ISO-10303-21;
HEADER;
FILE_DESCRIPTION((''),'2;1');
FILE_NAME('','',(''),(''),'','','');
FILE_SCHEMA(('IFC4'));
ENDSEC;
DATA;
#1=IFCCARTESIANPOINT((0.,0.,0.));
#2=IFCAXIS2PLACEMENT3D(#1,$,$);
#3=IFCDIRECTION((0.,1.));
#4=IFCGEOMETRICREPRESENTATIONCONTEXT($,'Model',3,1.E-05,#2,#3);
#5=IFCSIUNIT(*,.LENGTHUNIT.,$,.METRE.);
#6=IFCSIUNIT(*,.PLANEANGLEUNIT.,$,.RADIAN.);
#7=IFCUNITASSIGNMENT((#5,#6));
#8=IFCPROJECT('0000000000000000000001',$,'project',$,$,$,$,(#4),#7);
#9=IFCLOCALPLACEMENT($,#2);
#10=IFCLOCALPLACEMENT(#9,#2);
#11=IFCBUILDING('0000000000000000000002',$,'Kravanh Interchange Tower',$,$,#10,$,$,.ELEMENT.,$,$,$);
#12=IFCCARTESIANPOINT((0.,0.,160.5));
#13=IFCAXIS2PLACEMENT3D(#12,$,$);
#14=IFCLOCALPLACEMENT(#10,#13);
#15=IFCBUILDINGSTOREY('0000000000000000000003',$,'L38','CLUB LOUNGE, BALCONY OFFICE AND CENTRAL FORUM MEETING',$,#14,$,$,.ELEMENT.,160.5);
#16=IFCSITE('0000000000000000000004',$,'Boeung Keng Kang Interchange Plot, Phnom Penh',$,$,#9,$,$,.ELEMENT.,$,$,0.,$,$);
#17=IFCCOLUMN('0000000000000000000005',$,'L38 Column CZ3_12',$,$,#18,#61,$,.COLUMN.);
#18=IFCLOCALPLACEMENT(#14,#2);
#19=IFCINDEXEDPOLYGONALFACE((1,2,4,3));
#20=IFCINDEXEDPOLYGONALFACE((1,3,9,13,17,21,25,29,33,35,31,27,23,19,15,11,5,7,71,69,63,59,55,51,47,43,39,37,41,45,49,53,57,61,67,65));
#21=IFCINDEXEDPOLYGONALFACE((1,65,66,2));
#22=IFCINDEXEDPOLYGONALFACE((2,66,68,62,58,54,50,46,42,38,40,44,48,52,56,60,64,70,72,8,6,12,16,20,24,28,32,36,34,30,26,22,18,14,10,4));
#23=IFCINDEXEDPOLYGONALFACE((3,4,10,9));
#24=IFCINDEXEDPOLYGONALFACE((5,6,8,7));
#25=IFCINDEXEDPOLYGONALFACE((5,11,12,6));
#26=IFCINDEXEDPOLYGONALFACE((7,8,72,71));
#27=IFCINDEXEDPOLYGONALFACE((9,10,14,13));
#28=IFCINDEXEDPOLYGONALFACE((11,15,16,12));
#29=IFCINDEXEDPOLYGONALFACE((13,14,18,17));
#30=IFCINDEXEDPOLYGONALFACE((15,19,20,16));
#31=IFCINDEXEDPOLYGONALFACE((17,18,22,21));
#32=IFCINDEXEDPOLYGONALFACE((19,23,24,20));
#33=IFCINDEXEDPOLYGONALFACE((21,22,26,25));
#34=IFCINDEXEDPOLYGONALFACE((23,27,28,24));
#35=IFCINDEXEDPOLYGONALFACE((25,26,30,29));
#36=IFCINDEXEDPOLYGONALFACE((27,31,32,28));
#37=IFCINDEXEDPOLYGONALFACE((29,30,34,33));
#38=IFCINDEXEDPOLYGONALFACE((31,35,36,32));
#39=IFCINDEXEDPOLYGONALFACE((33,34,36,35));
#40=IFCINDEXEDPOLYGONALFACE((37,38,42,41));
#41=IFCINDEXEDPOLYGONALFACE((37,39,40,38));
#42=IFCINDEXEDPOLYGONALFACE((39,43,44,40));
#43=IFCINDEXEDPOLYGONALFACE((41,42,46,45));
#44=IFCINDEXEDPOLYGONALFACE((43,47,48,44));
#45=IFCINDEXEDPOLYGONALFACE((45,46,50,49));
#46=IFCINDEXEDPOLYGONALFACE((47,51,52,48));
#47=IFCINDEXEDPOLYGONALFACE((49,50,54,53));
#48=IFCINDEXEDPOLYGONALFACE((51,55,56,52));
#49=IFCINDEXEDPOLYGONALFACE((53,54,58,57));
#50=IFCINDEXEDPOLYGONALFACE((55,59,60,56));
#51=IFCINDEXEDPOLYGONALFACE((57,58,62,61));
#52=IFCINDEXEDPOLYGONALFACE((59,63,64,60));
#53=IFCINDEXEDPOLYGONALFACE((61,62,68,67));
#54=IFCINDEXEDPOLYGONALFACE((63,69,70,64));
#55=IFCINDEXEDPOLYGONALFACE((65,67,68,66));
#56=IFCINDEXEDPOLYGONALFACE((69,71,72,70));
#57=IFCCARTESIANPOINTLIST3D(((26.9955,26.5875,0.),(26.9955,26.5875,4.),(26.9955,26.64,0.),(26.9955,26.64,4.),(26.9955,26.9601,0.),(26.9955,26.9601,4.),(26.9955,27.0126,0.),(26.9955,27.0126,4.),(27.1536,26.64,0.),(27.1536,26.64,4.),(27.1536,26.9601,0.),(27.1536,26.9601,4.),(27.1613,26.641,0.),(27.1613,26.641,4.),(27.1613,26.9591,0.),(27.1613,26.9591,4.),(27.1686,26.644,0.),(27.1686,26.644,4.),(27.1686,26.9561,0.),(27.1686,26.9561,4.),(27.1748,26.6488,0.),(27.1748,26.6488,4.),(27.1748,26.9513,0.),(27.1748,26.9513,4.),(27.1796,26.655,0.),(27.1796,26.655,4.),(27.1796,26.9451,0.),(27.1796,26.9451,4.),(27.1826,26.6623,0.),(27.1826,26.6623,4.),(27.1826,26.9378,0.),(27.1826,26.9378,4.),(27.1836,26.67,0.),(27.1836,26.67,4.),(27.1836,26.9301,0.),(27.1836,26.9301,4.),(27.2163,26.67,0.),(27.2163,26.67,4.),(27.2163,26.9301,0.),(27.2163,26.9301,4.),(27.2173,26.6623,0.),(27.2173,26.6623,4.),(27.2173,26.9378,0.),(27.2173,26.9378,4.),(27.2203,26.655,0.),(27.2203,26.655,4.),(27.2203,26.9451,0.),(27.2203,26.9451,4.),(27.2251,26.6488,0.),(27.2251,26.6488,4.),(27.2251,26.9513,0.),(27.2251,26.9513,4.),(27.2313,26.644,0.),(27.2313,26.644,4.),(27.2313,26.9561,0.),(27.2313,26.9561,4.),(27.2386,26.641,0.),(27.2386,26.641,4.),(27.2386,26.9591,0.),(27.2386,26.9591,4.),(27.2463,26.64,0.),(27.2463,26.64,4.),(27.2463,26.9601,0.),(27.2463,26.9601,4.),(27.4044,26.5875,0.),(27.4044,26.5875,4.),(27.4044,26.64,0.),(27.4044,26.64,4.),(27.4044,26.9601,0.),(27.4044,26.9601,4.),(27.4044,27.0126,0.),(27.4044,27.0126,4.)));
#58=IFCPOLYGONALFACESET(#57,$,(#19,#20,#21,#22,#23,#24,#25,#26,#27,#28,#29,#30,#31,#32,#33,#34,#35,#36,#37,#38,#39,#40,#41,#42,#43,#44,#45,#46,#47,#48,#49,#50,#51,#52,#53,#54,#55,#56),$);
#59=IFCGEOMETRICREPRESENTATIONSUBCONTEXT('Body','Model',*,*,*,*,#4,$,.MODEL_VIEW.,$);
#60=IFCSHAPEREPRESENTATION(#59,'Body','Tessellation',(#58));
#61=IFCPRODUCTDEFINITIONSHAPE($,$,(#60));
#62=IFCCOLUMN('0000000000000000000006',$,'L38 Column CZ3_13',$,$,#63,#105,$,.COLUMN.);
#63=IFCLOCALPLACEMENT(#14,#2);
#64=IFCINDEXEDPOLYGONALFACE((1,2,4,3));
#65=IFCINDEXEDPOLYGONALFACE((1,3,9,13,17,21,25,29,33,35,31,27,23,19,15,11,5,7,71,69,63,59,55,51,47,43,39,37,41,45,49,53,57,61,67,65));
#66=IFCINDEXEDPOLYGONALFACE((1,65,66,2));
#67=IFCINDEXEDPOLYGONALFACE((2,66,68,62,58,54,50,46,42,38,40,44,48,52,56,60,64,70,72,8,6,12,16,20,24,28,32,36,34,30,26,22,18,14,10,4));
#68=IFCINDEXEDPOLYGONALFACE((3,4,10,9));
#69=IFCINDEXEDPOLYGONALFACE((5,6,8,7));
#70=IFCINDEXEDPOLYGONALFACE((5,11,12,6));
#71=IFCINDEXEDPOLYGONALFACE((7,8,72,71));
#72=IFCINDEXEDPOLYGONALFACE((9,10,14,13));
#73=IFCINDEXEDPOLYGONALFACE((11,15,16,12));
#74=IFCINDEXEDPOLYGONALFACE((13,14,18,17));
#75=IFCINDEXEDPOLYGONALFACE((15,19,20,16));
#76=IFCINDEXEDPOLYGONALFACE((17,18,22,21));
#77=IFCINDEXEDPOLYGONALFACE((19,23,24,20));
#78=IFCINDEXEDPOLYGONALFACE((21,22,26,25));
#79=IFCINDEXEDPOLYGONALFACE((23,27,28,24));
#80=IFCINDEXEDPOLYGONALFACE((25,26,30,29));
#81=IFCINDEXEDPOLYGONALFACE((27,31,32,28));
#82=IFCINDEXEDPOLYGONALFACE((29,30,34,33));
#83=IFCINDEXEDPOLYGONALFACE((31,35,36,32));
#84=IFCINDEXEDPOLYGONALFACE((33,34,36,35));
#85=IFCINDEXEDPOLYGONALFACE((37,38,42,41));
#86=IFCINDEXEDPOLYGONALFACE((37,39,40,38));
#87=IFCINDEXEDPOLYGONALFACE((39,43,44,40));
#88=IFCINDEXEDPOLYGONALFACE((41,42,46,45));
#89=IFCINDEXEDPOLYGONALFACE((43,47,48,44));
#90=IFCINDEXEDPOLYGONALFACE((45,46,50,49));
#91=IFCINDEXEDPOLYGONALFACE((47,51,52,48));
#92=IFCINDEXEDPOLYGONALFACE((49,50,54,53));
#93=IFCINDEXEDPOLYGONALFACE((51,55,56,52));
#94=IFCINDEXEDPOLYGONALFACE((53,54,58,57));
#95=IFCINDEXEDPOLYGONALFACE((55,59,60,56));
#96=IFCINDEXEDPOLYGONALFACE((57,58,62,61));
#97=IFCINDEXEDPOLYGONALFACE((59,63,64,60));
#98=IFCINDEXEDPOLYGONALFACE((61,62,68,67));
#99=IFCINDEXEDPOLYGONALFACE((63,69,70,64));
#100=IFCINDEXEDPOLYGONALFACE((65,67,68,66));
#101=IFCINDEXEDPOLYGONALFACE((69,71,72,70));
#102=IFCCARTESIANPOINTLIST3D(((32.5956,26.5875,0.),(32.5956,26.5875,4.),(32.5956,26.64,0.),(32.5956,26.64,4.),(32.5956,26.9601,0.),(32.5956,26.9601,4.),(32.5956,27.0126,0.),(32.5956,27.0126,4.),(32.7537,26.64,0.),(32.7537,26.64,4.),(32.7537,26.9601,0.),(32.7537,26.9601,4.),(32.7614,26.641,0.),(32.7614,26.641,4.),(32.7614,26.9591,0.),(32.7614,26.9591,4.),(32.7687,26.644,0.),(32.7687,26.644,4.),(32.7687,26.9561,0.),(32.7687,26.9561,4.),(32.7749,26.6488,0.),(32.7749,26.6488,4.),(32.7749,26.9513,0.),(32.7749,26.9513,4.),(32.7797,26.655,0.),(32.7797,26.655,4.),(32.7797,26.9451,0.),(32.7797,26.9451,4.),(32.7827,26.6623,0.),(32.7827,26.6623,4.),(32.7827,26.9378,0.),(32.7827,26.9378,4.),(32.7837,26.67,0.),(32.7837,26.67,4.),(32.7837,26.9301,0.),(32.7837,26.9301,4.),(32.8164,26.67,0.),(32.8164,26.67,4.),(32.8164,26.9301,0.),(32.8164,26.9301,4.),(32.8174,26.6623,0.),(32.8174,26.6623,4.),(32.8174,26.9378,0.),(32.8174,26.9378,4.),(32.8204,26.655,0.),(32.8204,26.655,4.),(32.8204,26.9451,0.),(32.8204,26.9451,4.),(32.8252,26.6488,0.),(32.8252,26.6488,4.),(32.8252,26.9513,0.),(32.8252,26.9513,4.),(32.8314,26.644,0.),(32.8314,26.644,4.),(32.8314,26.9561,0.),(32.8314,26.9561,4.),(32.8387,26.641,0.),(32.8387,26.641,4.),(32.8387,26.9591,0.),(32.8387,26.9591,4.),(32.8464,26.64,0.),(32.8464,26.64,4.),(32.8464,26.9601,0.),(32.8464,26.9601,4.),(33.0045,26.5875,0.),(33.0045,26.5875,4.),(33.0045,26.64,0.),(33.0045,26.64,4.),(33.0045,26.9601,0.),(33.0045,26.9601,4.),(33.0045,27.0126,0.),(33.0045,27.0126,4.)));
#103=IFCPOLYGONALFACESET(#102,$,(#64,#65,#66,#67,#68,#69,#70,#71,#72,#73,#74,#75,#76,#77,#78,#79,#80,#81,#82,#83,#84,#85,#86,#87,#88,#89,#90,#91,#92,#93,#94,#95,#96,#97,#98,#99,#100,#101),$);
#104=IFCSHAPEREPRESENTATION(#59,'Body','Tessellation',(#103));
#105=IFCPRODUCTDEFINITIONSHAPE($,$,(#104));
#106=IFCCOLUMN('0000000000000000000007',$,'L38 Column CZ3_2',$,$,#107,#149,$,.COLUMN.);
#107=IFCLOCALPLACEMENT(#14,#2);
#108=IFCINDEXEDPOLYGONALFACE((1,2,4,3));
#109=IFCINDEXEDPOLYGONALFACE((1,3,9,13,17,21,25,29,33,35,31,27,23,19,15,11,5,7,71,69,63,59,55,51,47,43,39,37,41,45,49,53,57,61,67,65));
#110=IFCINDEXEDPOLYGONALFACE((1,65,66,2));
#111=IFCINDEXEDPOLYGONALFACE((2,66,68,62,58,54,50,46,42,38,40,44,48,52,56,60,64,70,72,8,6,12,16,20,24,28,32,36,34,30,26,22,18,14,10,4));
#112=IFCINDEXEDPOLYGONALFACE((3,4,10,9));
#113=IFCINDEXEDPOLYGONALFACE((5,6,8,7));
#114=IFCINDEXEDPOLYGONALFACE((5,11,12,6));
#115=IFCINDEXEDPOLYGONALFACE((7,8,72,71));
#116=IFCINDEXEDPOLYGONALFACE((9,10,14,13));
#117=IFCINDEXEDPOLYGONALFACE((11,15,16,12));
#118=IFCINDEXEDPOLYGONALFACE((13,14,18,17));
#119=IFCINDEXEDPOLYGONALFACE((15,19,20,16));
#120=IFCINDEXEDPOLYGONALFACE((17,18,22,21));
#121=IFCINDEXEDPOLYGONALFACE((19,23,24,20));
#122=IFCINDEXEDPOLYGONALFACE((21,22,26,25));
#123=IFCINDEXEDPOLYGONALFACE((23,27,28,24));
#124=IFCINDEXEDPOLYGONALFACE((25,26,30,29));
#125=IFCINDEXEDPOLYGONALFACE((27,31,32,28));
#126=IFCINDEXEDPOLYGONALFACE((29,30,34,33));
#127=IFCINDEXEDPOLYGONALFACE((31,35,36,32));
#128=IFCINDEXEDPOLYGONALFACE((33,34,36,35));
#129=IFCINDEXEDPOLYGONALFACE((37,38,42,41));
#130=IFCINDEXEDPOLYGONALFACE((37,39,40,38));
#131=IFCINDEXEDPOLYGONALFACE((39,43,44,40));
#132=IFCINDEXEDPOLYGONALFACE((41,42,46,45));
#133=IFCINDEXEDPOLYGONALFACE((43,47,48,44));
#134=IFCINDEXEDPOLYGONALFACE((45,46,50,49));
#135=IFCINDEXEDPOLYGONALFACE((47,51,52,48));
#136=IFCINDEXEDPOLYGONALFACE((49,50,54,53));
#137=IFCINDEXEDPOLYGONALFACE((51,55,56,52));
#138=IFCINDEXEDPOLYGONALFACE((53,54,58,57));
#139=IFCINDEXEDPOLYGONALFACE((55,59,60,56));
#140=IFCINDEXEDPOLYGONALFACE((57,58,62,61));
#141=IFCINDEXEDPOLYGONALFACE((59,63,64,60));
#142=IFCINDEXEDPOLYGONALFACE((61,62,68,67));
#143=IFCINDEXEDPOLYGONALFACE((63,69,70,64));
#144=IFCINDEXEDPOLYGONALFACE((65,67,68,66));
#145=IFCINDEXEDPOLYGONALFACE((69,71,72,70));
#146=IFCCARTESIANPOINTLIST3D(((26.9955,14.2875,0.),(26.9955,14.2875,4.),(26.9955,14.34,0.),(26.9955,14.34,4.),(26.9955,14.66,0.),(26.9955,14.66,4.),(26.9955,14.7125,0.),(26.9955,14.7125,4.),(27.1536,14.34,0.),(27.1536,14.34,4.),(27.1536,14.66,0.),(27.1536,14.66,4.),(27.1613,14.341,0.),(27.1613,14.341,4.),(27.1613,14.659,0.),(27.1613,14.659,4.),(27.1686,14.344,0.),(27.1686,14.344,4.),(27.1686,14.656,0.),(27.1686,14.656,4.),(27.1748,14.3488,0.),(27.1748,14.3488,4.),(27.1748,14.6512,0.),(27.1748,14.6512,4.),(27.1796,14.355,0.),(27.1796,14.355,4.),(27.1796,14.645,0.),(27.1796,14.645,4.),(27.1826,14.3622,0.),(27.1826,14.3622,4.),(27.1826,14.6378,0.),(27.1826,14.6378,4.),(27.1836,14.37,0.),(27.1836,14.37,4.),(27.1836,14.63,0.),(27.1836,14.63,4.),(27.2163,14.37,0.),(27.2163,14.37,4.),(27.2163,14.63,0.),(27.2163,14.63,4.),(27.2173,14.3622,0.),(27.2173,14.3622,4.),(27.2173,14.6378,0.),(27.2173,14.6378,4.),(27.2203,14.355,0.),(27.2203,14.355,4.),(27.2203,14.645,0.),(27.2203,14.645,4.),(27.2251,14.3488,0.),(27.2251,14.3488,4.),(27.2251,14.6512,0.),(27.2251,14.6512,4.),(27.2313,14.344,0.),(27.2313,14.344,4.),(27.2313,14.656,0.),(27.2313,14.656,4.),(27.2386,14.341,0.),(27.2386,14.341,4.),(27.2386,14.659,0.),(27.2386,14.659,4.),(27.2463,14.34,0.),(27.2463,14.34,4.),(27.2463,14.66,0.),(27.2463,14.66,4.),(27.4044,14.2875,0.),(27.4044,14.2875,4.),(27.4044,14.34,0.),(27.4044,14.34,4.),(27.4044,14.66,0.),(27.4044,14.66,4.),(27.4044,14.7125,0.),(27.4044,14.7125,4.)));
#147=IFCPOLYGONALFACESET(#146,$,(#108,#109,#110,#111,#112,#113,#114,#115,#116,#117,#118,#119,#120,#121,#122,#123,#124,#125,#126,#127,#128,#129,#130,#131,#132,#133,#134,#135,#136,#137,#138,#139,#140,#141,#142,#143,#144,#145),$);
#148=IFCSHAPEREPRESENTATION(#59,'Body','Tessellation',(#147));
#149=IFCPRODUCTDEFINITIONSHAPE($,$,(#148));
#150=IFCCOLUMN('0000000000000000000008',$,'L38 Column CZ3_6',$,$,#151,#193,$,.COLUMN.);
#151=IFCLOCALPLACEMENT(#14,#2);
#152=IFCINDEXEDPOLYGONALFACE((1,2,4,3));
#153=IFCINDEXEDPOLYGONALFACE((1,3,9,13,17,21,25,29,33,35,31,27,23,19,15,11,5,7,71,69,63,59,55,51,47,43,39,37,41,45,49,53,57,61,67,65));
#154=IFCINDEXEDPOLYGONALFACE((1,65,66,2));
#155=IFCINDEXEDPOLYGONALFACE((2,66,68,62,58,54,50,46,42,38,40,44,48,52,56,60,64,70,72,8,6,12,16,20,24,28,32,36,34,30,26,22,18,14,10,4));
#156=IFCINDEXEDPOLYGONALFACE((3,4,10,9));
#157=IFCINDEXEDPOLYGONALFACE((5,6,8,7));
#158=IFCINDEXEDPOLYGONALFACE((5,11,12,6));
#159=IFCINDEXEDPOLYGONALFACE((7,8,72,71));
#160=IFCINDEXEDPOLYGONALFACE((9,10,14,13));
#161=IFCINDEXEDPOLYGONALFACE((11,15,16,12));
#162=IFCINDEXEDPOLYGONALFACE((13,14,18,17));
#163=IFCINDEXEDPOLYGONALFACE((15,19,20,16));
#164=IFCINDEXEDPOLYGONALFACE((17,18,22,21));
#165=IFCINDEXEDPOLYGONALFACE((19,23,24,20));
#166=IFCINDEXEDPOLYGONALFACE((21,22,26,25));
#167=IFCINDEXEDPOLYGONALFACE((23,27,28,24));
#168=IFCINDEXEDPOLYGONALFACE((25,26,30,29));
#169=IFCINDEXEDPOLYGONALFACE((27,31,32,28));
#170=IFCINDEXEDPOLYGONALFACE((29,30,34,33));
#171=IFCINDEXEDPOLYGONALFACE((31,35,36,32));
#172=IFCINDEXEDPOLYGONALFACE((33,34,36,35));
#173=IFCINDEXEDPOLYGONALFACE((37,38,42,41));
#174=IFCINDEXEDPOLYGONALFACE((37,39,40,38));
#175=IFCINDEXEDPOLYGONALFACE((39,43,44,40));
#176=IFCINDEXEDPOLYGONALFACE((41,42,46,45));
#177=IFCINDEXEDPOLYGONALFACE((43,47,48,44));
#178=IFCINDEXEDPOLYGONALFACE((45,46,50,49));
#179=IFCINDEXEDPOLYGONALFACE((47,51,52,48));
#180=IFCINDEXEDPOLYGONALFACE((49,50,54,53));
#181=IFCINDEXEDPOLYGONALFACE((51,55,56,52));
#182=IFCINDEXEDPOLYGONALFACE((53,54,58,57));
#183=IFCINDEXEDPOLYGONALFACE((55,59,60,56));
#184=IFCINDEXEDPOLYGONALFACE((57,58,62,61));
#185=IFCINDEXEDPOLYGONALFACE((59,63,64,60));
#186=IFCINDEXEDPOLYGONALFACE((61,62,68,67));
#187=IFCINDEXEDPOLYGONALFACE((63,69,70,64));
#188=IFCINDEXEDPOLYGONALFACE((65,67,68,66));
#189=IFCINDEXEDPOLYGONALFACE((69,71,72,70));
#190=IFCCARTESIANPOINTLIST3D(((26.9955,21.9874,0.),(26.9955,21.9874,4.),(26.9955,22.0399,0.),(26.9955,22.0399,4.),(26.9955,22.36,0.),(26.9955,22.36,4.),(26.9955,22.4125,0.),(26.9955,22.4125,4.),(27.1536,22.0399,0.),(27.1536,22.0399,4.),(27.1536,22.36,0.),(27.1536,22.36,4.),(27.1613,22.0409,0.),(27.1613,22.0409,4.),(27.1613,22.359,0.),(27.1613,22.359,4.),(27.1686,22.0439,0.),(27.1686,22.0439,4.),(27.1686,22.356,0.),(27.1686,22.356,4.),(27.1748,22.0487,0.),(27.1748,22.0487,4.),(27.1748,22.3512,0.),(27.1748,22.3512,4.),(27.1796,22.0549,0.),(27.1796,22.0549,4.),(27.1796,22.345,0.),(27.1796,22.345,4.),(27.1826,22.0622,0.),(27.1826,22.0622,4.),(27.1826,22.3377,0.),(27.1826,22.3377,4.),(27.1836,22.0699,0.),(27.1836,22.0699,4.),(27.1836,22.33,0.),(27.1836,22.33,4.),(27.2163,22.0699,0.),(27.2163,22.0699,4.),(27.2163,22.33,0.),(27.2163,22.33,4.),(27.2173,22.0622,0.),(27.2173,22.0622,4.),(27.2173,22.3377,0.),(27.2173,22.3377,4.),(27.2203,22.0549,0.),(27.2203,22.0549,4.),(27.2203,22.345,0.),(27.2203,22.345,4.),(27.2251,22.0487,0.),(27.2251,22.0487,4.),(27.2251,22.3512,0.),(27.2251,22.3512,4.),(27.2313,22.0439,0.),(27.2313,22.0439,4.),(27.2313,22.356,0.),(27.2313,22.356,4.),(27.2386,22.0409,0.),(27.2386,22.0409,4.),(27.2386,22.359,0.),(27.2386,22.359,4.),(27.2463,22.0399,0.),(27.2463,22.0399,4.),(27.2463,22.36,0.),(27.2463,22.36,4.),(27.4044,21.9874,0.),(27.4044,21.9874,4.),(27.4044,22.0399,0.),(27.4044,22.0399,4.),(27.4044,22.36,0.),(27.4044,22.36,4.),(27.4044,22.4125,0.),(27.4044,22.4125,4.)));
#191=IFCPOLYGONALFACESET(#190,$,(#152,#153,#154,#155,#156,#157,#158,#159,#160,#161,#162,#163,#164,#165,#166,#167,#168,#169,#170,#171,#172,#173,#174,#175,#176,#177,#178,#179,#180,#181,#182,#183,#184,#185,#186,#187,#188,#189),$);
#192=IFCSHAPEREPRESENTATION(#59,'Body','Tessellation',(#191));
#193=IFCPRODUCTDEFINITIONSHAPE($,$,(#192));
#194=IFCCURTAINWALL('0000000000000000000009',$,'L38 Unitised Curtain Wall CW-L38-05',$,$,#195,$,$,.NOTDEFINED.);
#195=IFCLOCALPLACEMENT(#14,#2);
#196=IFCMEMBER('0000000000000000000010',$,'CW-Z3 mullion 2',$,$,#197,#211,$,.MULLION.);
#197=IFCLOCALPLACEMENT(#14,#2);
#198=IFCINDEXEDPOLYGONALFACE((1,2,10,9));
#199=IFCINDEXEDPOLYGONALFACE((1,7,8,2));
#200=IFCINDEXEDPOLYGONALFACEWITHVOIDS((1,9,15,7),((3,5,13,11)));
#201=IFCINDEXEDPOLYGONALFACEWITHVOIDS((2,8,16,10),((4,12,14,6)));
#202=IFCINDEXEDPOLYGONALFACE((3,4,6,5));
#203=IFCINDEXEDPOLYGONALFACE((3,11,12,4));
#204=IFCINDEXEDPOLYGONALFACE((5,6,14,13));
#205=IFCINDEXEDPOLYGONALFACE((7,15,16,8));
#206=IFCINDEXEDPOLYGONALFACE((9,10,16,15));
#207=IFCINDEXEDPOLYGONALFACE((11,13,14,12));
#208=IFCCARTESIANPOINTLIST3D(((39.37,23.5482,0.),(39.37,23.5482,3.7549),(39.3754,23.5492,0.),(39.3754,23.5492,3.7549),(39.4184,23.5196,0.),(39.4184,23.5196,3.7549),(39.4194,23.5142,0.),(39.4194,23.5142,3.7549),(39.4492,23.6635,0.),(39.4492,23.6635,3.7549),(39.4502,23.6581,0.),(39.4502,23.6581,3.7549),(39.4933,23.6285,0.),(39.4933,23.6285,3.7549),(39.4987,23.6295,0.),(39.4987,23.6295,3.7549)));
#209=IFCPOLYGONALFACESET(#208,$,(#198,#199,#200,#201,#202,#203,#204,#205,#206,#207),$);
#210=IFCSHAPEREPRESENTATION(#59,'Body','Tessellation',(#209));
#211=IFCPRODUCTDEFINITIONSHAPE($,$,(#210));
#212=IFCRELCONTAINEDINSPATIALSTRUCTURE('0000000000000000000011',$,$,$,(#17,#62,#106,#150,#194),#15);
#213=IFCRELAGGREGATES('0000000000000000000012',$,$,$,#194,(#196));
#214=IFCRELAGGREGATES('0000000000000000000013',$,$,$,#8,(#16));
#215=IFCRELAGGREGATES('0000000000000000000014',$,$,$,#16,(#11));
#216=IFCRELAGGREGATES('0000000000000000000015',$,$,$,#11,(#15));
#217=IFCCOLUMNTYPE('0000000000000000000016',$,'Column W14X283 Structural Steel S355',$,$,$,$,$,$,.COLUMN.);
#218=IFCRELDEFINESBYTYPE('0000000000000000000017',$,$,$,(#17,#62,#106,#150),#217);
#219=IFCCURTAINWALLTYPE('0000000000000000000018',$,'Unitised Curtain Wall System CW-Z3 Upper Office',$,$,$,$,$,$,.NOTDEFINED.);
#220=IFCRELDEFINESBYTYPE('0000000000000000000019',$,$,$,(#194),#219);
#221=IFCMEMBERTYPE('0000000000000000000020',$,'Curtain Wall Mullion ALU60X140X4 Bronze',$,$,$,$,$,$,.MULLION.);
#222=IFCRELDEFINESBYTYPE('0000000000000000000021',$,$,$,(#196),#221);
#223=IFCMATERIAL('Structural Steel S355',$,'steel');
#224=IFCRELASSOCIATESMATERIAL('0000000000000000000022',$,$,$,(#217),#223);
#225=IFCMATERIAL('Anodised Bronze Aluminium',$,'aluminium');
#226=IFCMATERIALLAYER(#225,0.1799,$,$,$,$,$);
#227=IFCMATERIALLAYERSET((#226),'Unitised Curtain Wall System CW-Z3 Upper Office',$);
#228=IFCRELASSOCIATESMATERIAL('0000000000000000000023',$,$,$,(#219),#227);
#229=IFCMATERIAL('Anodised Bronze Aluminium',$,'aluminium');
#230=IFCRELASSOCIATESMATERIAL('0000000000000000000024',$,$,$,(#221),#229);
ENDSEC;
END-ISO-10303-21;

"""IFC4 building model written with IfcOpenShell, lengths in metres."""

from ifc_helpers import new_model, si_unit, direction, frame, origin, origin_2d, place, context, subcontext, project, spatial, hollow_rectangle, i_section, extrude, material, layer, layer_set, material_profile, profile_set, type_object, element, aggregate, save


model = new_model("IFC4")

# Units and contexts
model_context = context("Model", 3, precision=1e-05, world=origin(), true_north=direction((0.0, 1.0)))
body_context = subcontext(model_context, "Body", "Model", "MODEL_VIEW")
ifc_project = project(units=[si_unit("LENGTHUNIT", "METRE"), si_unit("PLANEANGLEUNIT", "RADIAN")], contexts=[model_context])

# Site, building, storey
site_placement = place(None, origin())
site = spatial("IfcSite", under=ifc_project, at=site_placement, Name="Boeung Keng Kang Interchange Plot, Phnom Penh", CompositionType="ELEMENT", RefElevation=0.0)
building_placement = place(site_placement, origin())
building = spatial("IfcBuilding", under=site, at=building_placement, Name="Kravanh Interchange Tower", CompositionType="ELEMENT")
storey_placement = place(building_placement, frame((0.0, 0.0, 160.5)))
storey = spatial("IfcBuildingStorey", under=building, at=storey_placement, Name="L38", Description="CLUB LOUNGE, BALCONY OFFICE AND CENTRAL FORUM MEETING", CompositionType="ELEMENT", Elevation=160.5)

# Columns
ifc_material_1 = material(Name="Structural Steel S355", Category="steel")
ifc_material_profile_1 = material_profile(ifc_material_1, i_section(OverallWidth=0.4089, OverallDepth=0.425, WebThickness=0.0327, FlangeThickness=0.0525, FilletRadius=0.03, at=origin_2d()), Name="W14X283")
ifc_profile_set_1 = profile_set([ifc_material_profile_1], Name="Structural Steel S355")
column_type = type_object("IfcColumnType", Name="Column W14X283 Structural Steel S355", PredefinedType="COLUMN", material=ifc_profile_set_1)
for number, where, z_axis, x_axis, name in (
    (1, (27.2, 26.8, 0.0), (0.0, 0.0, 1.0), (1.0, 0.0, 0.0), "L38 Column CZ3_12"),
    (2, (32.8, 26.8, 0.0), (0.0, 0.0, 1.0), (1.0, 0.0, 0.0), "L38 Column CZ3_13"),
    (3, (27.2, 14.5, 0.0), (0.0, 0.0, 1.0), (1.0, 0.0, 0.0), "L38 Column CZ3_2"),
    (4, (27.2, 22.2, 0.0), (0.0, 0.0, 1.0), (1.0, 0.0, 0.0), "L38 Column CZ3_6"),
):
    element("IfcColumn", number, at=place(storey_placement, frame(where, z_axis=z_axis, x_axis=x_axis)), inside=storey, type_object=column_type, Name=name, PredefinedType="COLUMN", context=body_context, shape_type="SweptSolid", body=[
        extrude(i_section(OverallWidth=0.4089, OverallDepth=0.425, WebThickness=0.0327, FlangeThickness=0.0525, FilletRadius=0.03, at=origin_2d()), origin(), (0.0, 0.0, 1.0), 4.0),
    ])

# Curtain wall, member
ifc_material_2 = material(Name="Anodised Bronze Aluminium", Category="aluminium")
ifc_layer_1 = layer(ifc_material_2, 0.1799)
ifc_layer_set_1 = layer_set([ifc_layer_1], Name="Unitised Curtain Wall System CW-Z3 Upper Office")
curtain_wall_type = type_object("IfcCurtainWallType", Name="Unitised Curtain Wall System CW-Z3 Upper Office", PredefinedType="NOTDEFINED", material=ifc_layer_set_1)
curtain_wall_1_placement = place(storey_placement, origin())
curtain_wall_1 = element("IfcCurtainWall", 5, at=curtain_wall_1_placement, inside=storey, type_object=curtain_wall_type, Name="L38 Unitised Curtain Wall CW-L38-05", PredefinedType="NOTDEFINED")
ifc_material_3 = material(Name="Anodised Bronze Aluminium", Category="aluminium")
ifc_material_profile_2 = material_profile(ifc_material_3, hollow_rectangle(XDim=0.0601, YDim=0.1399, WallThickness=0.0039, at=origin_2d()), Name="ALU60X140X4")
ifc_profile_set_2 = profile_set([ifc_material_profile_2], Name="Anodised Bronze Aluminium")
member_type_1 = type_object("IfcMemberType", Name="Curtain Wall Mullion ALU60X140X4 Bronze", PredefinedType="MULLION", material=ifc_profile_set_2)
member_1_placement = place(storey_placement, frame((39.4343, 23.5889, 0.0), z_axis=(0.0, 0.0, 1.0), x_axis=(0.824042, -0.566528, 0.0)))
member_1 = element("IfcMember", 6, at=member_1_placement, type_object=member_type_1, Name="CW-Z3 mullion 2", PredefinedType="MULLION", context=body_context, shape_type="SweptSolid", body=[
    extrude(hollow_rectangle(XDim=0.0601, YDim=0.1399, WallThickness=0.0039, at=origin_2d()), origin(), (0.0, 0.0, 1.0), 3.7549),
])

aggregate(curtain_wall_1, [member_1])

save(model, "model.ifc")
